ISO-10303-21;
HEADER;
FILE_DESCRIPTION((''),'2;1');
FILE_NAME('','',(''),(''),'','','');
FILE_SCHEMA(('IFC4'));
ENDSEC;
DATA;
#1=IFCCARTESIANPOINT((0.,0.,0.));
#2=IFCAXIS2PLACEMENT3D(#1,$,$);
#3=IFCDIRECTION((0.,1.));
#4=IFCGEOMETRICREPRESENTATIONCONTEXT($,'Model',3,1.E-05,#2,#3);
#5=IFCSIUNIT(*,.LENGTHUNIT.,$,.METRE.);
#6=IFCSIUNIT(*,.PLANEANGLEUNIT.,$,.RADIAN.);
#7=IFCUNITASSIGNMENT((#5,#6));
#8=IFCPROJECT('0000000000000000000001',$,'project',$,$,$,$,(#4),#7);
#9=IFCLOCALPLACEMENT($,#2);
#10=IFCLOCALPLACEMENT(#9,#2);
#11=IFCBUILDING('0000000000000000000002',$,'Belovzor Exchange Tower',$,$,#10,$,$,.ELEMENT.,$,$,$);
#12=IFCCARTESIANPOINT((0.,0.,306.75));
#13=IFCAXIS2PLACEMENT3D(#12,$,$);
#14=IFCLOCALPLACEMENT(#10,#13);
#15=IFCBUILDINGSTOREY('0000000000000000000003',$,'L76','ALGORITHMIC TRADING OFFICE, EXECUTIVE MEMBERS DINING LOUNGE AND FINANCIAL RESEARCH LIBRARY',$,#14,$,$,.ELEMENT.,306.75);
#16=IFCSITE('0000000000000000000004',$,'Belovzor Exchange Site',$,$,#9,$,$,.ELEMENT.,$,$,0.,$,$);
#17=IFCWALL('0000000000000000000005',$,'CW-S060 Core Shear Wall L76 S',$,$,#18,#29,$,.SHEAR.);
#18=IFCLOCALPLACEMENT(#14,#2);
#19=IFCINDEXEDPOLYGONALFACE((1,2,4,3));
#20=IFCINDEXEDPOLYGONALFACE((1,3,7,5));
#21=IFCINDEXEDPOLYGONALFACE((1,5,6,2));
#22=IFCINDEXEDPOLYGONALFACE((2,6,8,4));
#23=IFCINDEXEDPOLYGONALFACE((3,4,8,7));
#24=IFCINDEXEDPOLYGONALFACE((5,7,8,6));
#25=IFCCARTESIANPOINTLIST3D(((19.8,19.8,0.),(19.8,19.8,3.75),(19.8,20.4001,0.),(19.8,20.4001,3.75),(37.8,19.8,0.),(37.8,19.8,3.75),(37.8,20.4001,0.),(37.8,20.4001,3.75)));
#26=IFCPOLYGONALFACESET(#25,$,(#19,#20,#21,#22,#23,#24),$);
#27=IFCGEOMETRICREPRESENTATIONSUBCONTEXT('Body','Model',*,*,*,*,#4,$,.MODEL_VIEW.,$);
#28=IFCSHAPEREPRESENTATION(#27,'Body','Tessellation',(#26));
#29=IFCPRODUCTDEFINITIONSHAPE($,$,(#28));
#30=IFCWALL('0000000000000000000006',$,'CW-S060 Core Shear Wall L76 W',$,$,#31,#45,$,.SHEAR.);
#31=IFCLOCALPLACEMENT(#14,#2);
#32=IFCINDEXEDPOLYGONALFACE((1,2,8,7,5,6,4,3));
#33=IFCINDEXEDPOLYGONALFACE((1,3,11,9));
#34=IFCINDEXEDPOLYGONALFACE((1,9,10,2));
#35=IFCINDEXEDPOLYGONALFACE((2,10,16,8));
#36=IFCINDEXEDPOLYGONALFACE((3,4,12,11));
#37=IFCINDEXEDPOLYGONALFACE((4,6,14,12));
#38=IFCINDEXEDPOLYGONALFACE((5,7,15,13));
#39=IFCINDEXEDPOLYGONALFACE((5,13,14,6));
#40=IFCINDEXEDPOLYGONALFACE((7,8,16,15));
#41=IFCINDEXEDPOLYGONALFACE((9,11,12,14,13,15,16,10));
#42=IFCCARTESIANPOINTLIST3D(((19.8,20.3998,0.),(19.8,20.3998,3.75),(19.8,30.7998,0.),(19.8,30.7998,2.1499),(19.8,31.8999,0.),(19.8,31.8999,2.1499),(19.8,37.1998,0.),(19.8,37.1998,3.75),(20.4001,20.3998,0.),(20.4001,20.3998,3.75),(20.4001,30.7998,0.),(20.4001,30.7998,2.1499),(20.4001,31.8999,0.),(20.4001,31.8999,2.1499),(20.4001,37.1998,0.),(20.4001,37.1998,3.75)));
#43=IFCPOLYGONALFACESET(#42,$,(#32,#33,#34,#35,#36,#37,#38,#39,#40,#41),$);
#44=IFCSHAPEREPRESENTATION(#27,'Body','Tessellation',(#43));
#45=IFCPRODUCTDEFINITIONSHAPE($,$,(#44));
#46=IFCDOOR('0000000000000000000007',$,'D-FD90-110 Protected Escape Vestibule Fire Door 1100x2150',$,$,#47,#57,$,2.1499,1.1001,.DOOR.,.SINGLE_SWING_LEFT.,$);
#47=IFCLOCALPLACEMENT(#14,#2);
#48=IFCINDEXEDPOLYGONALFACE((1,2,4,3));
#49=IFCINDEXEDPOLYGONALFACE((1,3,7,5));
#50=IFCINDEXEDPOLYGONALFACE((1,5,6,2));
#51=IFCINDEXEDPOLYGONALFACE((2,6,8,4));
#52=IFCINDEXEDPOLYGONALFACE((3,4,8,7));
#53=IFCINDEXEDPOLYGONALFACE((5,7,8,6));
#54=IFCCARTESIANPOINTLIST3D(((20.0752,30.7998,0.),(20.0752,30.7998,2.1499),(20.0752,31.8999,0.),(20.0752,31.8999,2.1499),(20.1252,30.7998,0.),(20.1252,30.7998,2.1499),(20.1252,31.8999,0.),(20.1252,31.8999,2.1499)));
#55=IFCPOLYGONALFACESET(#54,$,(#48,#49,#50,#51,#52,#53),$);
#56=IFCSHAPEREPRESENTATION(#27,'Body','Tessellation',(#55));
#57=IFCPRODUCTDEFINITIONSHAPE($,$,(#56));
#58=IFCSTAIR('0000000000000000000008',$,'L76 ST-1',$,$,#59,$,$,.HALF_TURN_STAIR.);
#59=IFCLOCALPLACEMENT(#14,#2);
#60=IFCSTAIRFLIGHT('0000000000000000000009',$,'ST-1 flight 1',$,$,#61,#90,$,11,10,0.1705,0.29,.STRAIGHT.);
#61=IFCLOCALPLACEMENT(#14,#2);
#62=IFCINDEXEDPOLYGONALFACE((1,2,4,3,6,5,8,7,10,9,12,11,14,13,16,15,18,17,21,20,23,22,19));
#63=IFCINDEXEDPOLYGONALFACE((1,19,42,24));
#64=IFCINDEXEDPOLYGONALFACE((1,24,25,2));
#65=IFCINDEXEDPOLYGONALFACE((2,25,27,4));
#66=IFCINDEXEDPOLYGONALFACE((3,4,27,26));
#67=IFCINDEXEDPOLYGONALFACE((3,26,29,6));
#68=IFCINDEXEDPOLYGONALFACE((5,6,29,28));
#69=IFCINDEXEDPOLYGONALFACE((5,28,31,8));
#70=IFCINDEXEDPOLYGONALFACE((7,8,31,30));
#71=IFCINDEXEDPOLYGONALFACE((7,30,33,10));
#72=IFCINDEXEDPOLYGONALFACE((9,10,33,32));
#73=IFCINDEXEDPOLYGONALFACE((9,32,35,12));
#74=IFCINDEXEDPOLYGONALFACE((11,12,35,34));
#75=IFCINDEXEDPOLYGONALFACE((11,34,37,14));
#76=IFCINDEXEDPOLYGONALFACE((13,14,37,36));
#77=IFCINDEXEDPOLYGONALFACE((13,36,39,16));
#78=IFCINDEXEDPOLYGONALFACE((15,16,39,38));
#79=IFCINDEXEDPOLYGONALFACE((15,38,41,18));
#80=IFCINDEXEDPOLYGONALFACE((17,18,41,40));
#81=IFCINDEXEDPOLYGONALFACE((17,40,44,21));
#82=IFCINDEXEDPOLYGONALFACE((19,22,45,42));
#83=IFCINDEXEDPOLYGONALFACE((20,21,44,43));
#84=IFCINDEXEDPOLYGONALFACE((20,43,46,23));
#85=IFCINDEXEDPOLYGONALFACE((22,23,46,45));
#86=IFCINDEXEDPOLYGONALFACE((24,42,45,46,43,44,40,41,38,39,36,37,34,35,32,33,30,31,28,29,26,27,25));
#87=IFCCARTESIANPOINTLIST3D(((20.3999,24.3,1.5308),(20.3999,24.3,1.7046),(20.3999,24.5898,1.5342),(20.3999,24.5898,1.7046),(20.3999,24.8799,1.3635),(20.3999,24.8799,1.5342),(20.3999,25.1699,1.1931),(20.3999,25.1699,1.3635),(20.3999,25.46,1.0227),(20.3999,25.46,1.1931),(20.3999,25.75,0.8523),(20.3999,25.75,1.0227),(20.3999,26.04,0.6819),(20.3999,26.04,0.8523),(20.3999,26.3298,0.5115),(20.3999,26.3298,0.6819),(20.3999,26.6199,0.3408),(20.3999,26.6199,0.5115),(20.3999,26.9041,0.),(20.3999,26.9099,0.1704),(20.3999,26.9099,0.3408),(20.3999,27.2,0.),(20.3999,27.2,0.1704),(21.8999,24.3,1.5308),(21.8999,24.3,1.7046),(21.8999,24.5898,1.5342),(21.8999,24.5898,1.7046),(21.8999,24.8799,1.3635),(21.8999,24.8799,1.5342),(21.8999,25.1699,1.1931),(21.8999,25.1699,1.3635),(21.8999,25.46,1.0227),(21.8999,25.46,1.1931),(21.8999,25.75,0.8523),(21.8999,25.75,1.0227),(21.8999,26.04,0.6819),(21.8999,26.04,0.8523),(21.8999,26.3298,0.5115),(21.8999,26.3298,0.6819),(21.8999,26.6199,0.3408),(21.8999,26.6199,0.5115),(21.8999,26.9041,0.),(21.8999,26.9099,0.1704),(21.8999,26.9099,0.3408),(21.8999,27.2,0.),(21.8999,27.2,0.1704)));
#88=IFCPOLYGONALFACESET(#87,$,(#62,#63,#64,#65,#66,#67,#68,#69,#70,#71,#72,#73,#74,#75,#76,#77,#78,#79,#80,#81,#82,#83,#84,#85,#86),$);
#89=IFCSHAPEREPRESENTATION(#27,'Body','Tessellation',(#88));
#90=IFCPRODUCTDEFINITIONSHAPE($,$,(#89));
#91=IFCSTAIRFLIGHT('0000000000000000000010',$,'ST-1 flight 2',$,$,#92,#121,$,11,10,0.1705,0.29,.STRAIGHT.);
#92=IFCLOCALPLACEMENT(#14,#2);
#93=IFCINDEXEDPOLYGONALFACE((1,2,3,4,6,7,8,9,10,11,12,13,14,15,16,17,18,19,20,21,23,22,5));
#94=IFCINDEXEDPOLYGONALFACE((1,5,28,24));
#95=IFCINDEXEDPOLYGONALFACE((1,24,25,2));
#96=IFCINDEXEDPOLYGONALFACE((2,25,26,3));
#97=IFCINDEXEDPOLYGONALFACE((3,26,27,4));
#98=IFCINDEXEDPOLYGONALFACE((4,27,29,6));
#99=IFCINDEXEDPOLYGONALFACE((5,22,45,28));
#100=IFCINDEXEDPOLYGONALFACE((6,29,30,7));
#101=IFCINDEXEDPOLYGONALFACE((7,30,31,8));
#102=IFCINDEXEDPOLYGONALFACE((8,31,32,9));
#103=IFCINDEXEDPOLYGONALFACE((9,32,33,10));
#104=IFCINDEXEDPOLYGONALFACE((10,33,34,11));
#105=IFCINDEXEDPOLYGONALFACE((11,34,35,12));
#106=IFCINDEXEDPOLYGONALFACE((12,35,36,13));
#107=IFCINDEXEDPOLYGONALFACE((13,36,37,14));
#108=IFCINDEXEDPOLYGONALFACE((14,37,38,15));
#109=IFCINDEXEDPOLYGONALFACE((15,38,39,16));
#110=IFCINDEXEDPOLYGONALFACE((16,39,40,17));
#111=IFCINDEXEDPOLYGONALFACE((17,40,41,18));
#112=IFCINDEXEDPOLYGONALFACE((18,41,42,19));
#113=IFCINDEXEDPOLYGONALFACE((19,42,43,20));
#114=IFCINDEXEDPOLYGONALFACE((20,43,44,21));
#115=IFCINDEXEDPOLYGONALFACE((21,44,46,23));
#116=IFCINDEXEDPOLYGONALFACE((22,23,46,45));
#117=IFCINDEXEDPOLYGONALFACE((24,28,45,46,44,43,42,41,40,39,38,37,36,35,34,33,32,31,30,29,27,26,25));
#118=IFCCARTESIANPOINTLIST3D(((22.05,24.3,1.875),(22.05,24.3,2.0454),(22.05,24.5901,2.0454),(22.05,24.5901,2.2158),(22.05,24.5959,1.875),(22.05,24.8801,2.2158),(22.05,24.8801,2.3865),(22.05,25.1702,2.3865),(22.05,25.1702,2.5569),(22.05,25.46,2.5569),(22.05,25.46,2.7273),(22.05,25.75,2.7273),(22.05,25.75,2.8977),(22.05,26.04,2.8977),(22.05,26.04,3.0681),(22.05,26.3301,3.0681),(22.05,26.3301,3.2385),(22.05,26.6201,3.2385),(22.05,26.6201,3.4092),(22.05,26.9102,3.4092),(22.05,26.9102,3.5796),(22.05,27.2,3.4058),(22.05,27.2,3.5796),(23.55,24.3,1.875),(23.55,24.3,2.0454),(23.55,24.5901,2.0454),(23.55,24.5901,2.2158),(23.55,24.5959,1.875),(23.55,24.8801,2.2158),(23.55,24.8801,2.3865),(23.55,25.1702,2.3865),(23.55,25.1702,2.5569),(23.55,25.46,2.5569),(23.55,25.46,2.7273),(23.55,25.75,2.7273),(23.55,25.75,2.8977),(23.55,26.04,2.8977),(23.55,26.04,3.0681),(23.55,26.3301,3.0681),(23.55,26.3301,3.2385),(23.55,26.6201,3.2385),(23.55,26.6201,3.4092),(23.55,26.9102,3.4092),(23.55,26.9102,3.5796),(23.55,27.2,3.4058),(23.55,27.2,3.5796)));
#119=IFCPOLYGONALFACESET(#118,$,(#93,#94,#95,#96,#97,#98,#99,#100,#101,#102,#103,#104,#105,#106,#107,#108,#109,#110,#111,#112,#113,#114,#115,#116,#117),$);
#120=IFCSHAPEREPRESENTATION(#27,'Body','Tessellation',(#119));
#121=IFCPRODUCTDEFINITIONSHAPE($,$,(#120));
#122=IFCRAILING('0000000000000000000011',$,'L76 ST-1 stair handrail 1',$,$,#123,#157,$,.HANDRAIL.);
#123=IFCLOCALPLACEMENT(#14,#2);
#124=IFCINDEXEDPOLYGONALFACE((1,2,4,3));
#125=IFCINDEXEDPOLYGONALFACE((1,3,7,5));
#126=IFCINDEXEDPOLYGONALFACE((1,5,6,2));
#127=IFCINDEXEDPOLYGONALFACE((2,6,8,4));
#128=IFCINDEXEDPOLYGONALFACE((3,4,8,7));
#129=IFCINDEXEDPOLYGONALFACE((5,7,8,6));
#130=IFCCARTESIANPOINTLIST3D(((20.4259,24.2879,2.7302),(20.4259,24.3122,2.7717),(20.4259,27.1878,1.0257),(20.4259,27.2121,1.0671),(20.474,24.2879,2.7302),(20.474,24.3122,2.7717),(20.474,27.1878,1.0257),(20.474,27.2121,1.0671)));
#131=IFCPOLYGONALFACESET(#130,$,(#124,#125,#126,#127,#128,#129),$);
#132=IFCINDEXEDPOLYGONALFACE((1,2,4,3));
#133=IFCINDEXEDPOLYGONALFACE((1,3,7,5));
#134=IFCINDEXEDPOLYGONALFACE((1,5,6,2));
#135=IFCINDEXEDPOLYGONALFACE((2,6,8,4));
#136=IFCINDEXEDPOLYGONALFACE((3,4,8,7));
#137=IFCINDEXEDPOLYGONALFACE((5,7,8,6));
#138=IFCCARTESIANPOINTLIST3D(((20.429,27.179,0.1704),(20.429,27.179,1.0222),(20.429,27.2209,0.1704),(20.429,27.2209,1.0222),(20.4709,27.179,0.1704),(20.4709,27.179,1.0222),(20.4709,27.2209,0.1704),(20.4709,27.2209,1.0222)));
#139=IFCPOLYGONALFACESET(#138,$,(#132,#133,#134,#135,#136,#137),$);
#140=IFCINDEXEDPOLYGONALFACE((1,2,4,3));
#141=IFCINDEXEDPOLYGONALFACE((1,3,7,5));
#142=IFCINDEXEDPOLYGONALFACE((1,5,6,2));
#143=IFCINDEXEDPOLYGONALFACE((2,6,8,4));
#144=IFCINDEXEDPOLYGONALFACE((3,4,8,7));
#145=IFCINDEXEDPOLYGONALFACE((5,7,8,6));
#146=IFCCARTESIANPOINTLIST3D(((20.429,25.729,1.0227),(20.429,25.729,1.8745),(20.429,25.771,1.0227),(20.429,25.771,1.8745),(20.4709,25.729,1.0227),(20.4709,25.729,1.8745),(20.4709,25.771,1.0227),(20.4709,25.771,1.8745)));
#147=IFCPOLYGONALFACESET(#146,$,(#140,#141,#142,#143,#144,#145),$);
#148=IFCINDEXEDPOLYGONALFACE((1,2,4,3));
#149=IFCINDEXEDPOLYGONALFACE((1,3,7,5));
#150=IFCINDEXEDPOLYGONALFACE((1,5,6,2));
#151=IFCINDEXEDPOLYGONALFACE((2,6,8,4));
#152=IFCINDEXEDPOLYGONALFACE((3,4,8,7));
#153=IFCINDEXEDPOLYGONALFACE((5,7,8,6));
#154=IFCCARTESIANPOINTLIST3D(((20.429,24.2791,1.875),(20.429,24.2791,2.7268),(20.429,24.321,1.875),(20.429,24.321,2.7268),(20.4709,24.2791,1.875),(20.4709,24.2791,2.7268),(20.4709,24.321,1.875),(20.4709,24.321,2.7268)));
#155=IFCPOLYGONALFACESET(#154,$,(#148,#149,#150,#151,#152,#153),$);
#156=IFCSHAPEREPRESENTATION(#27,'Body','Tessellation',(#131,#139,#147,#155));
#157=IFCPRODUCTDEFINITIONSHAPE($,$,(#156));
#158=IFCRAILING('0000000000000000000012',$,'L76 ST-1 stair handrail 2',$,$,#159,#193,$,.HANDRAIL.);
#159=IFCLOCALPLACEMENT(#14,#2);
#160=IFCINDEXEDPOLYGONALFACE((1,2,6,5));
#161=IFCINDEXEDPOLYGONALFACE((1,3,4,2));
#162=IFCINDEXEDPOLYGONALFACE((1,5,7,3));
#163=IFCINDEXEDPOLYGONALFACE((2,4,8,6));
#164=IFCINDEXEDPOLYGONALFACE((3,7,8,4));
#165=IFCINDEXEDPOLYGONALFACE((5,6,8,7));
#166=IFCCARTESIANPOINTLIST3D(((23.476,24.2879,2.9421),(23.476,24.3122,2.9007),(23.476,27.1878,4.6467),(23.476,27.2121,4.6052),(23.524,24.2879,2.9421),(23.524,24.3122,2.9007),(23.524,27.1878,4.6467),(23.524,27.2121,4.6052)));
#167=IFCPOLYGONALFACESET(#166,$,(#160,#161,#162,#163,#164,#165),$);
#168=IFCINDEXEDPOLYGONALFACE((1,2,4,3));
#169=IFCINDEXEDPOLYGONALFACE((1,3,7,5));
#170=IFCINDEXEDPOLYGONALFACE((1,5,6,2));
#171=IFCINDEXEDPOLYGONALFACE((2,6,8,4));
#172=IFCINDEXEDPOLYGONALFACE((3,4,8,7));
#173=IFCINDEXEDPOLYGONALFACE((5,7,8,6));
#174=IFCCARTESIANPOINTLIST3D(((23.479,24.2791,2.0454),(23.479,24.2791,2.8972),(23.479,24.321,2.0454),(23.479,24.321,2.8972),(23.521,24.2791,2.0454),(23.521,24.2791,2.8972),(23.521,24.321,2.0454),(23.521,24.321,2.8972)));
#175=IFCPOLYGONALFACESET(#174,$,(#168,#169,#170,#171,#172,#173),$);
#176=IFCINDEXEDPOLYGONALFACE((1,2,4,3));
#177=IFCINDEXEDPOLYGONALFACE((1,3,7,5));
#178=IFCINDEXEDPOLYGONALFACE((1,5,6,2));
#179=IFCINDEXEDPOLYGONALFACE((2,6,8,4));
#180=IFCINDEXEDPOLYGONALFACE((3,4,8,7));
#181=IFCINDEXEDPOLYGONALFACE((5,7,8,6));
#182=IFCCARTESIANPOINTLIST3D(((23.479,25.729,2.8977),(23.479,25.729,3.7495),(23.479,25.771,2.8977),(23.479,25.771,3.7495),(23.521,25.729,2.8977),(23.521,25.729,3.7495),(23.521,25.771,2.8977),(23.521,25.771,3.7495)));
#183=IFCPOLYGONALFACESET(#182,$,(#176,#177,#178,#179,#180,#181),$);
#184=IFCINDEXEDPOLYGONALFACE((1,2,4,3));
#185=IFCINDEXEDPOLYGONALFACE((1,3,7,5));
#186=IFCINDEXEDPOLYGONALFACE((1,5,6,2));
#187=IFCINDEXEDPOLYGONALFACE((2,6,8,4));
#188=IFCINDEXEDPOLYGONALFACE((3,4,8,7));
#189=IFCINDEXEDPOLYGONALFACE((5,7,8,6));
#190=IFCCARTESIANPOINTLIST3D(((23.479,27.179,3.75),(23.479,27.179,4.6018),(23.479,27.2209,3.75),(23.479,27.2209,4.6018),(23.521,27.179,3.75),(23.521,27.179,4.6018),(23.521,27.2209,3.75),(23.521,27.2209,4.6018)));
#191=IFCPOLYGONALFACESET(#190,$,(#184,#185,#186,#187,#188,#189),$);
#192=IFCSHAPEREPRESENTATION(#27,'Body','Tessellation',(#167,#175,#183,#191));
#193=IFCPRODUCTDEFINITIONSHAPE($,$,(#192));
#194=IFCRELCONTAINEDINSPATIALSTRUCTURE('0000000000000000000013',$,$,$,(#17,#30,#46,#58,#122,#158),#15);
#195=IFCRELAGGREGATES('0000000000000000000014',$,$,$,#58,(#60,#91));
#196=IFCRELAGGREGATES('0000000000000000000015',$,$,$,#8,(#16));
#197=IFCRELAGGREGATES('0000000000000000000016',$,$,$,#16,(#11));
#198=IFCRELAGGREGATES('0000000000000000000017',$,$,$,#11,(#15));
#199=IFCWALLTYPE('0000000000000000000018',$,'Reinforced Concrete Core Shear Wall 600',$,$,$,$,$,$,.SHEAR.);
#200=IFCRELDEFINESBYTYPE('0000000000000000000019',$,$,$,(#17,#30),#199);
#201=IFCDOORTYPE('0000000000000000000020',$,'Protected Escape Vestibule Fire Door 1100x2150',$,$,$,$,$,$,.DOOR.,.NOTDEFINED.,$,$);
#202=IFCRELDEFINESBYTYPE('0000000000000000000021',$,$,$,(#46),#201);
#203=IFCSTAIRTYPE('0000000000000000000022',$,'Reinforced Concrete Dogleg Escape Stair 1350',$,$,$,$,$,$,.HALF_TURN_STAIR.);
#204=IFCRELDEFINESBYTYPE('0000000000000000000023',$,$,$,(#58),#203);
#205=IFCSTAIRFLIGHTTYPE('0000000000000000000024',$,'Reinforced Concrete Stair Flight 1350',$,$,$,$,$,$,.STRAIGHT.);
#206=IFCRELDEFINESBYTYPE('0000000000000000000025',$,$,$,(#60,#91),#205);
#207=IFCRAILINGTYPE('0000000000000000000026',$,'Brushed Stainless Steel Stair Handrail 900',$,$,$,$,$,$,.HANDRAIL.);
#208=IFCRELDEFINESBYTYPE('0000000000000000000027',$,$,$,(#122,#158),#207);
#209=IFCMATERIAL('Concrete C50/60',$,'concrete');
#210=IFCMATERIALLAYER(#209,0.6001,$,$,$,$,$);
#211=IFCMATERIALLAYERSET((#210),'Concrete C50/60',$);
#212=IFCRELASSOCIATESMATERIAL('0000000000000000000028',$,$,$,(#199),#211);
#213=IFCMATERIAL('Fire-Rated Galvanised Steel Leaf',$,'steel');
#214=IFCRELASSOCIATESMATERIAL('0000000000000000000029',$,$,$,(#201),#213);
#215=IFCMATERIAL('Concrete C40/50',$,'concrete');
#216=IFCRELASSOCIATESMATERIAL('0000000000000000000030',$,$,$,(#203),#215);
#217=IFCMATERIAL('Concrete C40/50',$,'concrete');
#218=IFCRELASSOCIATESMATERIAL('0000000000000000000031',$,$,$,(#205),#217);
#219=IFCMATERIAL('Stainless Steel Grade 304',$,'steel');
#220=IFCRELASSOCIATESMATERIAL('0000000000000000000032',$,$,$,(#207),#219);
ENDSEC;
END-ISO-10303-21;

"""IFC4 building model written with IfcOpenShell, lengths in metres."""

from ifc_helpers import new_model, si_unit, direction, frame, frame_2d, origin, origin_2d, place, context, subcontext, project, spatial, polyline, rectangle, outline, extrude, material, layer, layer_set, type_object, element, fill, aggregate, save


model = new_model("IFC4")

# Units and contexts
model_context = context("Model", 3, precision=1e-05, world=origin(), true_north=direction((0.0, 1.0)))
body_context = subcontext(model_context, "Body", "Model", "MODEL_VIEW")
ifc_project = project(units=[si_unit("LENGTHUNIT", "METRE"), si_unit("PLANEANGLEUNIT", "RADIAN")], contexts=[model_context])

# Site, building, storey
site_placement = place(None, origin())
site = spatial("IfcSite", under=ifc_project, at=site_placement, Name="Belovzor Exchange Site", CompositionType="ELEMENT", RefElevation=0.0)
building_placement = place(site_placement, origin())
building = spatial("IfcBuilding", under=site, at=building_placement, Name="Belovzor Exchange Tower", CompositionType="ELEMENT")
storey_placement = place(building_placement, frame((0.0, 0.0, 306.75)))
storey = spatial("IfcBuildingStorey", under=building, at=storey_placement, Name="L76", Description="ALGORITHMIC TRADING OFFICE, EXECUTIVE MEMBERS DINING LOUNGE AND FINANCIAL RESEARCH LIBRARY", CompositionType="ELEMENT", Elevation=306.75)

# Wall
ifc_material_1 = material(Name="Concrete C50/60", Category="concrete")
ifc_layer_1 = layer(ifc_material_1, 0.6001)
ifc_layer_set_1 = layer_set([ifc_layer_1], Name="Concrete C50/60")
wall_type_1 = type_object("IfcWallType", Name="Reinforced Concrete Core Shear Wall 600", PredefinedType="SHEAR", material=ifc_layer_set_1)
wall_1_placement = place(storey_placement, frame((19.8, 20.1001, 0.0), z_axis=(0.0, 0.0, 1.0), x_axis=(1.0, 0.0, 0.0)))
element("IfcWall", 1, at=wall_1_placement, inside=storey, type_object=wall_type_1, Name="CW-S060 Core Shear Wall L76 S", PredefinedType="SHEAR", context=body_context, shape_type="SweptSolid", body=[
    extrude(rectangle(XDim=18.0, YDim=0.6001, at=frame_2d((9.0, 0.0))), origin(), (0.0, 0.0, 1.0), 3.75),
])

# Wall, opening, door
wall_2_placement = place(storey_placement, frame((20.1001, 20.3999, 0.0), z_axis=(0.0, 0.0, 1.0), x_axis=(0.0, 1.0, 0.0)))
wall_2 = element("IfcWall", 2, at=wall_2_placement, inside=storey, type_object=wall_type_1, Name="CW-S060 Core Shear Wall L76 W", PredefinedType="SHEAR", context=body_context, shape_type="SweptSolid", body=[
    extrude(rectangle(XDim=16.8, YDim=0.6001, at=frame_2d((8.3999, 0.0))), origin(), (0.0, 0.0, 1.0), 3.75),
])
opening_1_placement = place(wall_2_placement, frame((10.3999, 0.0, 0.0)))
opening_1 = element("IfcOpeningElement", 3, at=opening_1_placement, cuts=wall_2, PredefinedType="OPENING", context=body_context, shape_type="SweptSolid", body=[
    extrude(rectangle(XDim=1.1001, YDim=2.1499, at=frame_2d((0.55, 1.075))), frame((0.0, 0.3101, 0.0), z_axis=(0.0, -1.0, 0.0), x_axis=(1.0, 0.0, 0.0)), (0.0, 0.0, 1.0), 0.6201),
])
ifc_material_2 = material(Name="Fire-Rated Galvanised Steel Leaf", Category="steel")
door_type_1 = type_object("IfcDoorType", Name="Protected Escape Vestibule Fire Door 1100x2150", OperationType="NOTDEFINED", PredefinedType="DOOR", material=ifc_material_2)
door_1_placement = place(opening_1_placement, origin())
door_1 = element("IfcDoor", 4, at=door_1_placement, inside=storey, type_object=door_type_1, Name="D-FD90-110 Protected Escape Vestibule Fire Door 1100x2150", OperationType="SINGLE_SWING_LEFT", OverallHeight=2.1499, OverallWidth=1.1001, PredefinedType="DOOR", context=body_context, shape_type="SweptSolid", body=[
    extrude(rectangle(XDim=1.1001, YDim=2.1499, at=frame_2d((0.55, 1.075))), frame((0.0, 0.0249, 0.0), z_axis=(0.0, -1.0, 0.0), x_axis=(1.0, 0.0, 0.0)), (0.0, 0.0, 1.0), 0.05),
])
fill(opening_1, door_1)

# Stair, stair flights
ifc_material_3 = material(Name="Concrete C40/50", Category="concrete")
stair_type = type_object("IfcStairType", Name="Reinforced Concrete Dogleg Escape Stair 1350", PredefinedType="HALF_TURN_STAIR", material=ifc_material_3)
stair_placement = place(storey_placement, origin())
stair = element("IfcStair", 5, at=stair_placement, inside=storey, type_object=stair_type, Name="L76 ST-1", PredefinedType="HALF_TURN_STAIR")
ifc_material_4 = material(Name="Concrete C40/50", Category="concrete")
stair_flight_type = type_object("IfcStairFlightType", Name="Reinforced Concrete Stair Flight 1350", PredefinedType="STRAIGHT", material=ifc_material_4)
stair_flight_1_placement = place(storey_placement, frame((21.1499, 27.2, 0.0), z_axis=(0.0, 0.0, 1.0), x_axis=(0.0, -1.0, 0.0)))
stair_flight_1 = element("IfcStairFlight", 6, at=stair_flight_1_placement, type_object=stair_flight_type, Name="ST-1 flight 1", NumberOfRisers=11, NumberOfTreads=10, PredefinedType="STRAIGHT", RiserHeight=0.1705, TreadLength=0.29, context=body_context, shape_type="SweptSolid", body=[
    extrude(outline(polyline([(0.0, 0.0), (0.0, 0.1704), (0.29, 0.1704), (0.29, 0.3408), (0.5801, 0.3408), (0.5801, 0.5115), (0.8701, 0.5115), (0.8701, 0.6819), (1.1599, 0.6819), (1.1599, 0.8523), (1.45, 0.8523), (1.45, 1.0227), (1.74, 1.0227), (1.74, 1.1931), (2.03, 1.1931), (2.03, 1.3635), (2.3201, 1.3635), (2.3201, 1.5342), (2.6101, 1.5342), (2.6101, 1.7046), (2.8999, 1.7046), (2.8999, 1.875), (2.8999, 1.5308), (0.2959, 0.0), (0.0, 0.0)])), frame((0.0, 0.75, 0.0), z_axis=(0.0, -1.0, 0.0), x_axis=(1.0, 0.0, 0.0)), (0.0, 0.0, 1.0), 1.5),
])
stair_flight_2_placement = place(storey_placement, frame((22.8, 24.3, 1.875), z_axis=(0.0, 0.0, 1.0), x_axis=(0.0, 1.0, 0.0)))
stair_flight_2 = element("IfcStairFlight", 7, at=stair_flight_2_placement, type_object=stair_flight_type, Name="ST-1 flight 2", NumberOfRisers=11, NumberOfTreads=10, PredefinedType="STRAIGHT", RiserHeight=0.1705, TreadLength=0.29, context=body_context, shape_type="SweptSolid", body=[
    extrude(outline(polyline([(0.0, 0.0), (0.0, 0.1704), (0.29, 0.1704), (0.29, 0.3408), (0.5801, 0.3408), (0.5801, 0.5115), (0.8701, 0.5115), (0.8701, 0.6819), (1.1599, 0.6819), (1.1599, 0.8523), (1.45, 0.8523), (1.45, 1.0227), (1.74, 1.0227), (1.74, 1.1931), (2.03, 1.1931), (2.03, 1.3635), (2.3201, 1.3635), (2.3201, 1.5342), (2.6101, 1.5342), (2.6101, 1.7046), (2.8999, 1.7046), (2.8999, 1.875), (2.8999, 1.5308), (0.2959, 0.0), (0.0, 0.0)])), frame((0.0, 0.75, 0.0), z_axis=(0.0, -1.0, 0.0), x_axis=(1.0, 0.0, 0.0)), (0.0, 0.0, 1.0), 1.5),
])
aggregate(stair, [stair_flight_1, stair_flight_2])

# Railings
ifc_material_5 = material(Name="Stainless Steel Grade 304", Category="steel")
railing_type_1 = type_object("IfcRailingType", Name="Brushed Stainless Steel Stair Handrail 900", PredefinedType="HANDRAIL", material=ifc_material_5)
railing_1_placement = place(storey_placement, frame((20.45, 27.2, 0.1704)))
element("IfcRailing", 8, at=railing_1_placement, inside=storey, type_object=railing_type_1, Name="L76 ST-1 stair handrail 1", PredefinedType="HANDRAIL", context=body_context, shape_type="SweptSolid", body=[
    extrude(rectangle(XDim=0.0481, YDim=0.0481, at=origin_2d()), frame((0.0, 0.0, 0.876), z_axis=(0.0, -0.862095, 0.506747), x_axis=(1.0, 0.0, 0.0)), (0.0, 0.0, 1.0), 3.3638),
    extrude(rectangle(XDim=0.042, YDim=0.042, at=origin_2d()), origin(), (0.0, 0.0, 1.0), 0.8518),
    extrude(rectangle(XDim=0.042, YDim=0.042, at=origin_2d()), frame((0.0, -1.45, 0.8523)), (0.0, 0.0, 1.0), 0.8518),
    extrude(rectangle(XDim=0.042, YDim=0.042, at=origin_2d()), frame((0.0, -2.8999, 1.7046)), (0.0, 0.0, 1.0), 0.8518),
])
railing_2_placement = place(storey_placement, frame((23.5, 24.3, 2.0454)))
element("IfcRailing", 9, at=railing_2_placement, inside=storey, type_object=railing_type_1, Name="L76 ST-1 stair handrail 2", PredefinedType="HANDRAIL", context=body_context, shape_type="SweptSolid", body=[
    extrude(rectangle(XDim=0.0481, YDim=0.0481, at=origin_2d()), frame((0.0, 0.0, 0.876), z_axis=(0.0, 0.862095, 0.506747), x_axis=(-1.0, 0.0, 0.0)), (0.0, 0.0, 1.0), 3.3638),
    extrude(rectangle(XDim=0.042, YDim=0.042, at=origin_2d()), origin(), (0.0, 0.0, 1.0), 0.8518),
    extrude(rectangle(XDim=0.042, YDim=0.042, at=origin_2d()), frame((0.0, 1.45, 0.8523)), (0.0, 0.0, 1.0), 0.8518),
    extrude(rectangle(XDim=0.042, YDim=0.042, at=origin_2d()), frame((0.0, 2.8999, 1.7046)), (0.0, 0.0, 1.0), 0.8518),
])

save(model, "model.ifc")
